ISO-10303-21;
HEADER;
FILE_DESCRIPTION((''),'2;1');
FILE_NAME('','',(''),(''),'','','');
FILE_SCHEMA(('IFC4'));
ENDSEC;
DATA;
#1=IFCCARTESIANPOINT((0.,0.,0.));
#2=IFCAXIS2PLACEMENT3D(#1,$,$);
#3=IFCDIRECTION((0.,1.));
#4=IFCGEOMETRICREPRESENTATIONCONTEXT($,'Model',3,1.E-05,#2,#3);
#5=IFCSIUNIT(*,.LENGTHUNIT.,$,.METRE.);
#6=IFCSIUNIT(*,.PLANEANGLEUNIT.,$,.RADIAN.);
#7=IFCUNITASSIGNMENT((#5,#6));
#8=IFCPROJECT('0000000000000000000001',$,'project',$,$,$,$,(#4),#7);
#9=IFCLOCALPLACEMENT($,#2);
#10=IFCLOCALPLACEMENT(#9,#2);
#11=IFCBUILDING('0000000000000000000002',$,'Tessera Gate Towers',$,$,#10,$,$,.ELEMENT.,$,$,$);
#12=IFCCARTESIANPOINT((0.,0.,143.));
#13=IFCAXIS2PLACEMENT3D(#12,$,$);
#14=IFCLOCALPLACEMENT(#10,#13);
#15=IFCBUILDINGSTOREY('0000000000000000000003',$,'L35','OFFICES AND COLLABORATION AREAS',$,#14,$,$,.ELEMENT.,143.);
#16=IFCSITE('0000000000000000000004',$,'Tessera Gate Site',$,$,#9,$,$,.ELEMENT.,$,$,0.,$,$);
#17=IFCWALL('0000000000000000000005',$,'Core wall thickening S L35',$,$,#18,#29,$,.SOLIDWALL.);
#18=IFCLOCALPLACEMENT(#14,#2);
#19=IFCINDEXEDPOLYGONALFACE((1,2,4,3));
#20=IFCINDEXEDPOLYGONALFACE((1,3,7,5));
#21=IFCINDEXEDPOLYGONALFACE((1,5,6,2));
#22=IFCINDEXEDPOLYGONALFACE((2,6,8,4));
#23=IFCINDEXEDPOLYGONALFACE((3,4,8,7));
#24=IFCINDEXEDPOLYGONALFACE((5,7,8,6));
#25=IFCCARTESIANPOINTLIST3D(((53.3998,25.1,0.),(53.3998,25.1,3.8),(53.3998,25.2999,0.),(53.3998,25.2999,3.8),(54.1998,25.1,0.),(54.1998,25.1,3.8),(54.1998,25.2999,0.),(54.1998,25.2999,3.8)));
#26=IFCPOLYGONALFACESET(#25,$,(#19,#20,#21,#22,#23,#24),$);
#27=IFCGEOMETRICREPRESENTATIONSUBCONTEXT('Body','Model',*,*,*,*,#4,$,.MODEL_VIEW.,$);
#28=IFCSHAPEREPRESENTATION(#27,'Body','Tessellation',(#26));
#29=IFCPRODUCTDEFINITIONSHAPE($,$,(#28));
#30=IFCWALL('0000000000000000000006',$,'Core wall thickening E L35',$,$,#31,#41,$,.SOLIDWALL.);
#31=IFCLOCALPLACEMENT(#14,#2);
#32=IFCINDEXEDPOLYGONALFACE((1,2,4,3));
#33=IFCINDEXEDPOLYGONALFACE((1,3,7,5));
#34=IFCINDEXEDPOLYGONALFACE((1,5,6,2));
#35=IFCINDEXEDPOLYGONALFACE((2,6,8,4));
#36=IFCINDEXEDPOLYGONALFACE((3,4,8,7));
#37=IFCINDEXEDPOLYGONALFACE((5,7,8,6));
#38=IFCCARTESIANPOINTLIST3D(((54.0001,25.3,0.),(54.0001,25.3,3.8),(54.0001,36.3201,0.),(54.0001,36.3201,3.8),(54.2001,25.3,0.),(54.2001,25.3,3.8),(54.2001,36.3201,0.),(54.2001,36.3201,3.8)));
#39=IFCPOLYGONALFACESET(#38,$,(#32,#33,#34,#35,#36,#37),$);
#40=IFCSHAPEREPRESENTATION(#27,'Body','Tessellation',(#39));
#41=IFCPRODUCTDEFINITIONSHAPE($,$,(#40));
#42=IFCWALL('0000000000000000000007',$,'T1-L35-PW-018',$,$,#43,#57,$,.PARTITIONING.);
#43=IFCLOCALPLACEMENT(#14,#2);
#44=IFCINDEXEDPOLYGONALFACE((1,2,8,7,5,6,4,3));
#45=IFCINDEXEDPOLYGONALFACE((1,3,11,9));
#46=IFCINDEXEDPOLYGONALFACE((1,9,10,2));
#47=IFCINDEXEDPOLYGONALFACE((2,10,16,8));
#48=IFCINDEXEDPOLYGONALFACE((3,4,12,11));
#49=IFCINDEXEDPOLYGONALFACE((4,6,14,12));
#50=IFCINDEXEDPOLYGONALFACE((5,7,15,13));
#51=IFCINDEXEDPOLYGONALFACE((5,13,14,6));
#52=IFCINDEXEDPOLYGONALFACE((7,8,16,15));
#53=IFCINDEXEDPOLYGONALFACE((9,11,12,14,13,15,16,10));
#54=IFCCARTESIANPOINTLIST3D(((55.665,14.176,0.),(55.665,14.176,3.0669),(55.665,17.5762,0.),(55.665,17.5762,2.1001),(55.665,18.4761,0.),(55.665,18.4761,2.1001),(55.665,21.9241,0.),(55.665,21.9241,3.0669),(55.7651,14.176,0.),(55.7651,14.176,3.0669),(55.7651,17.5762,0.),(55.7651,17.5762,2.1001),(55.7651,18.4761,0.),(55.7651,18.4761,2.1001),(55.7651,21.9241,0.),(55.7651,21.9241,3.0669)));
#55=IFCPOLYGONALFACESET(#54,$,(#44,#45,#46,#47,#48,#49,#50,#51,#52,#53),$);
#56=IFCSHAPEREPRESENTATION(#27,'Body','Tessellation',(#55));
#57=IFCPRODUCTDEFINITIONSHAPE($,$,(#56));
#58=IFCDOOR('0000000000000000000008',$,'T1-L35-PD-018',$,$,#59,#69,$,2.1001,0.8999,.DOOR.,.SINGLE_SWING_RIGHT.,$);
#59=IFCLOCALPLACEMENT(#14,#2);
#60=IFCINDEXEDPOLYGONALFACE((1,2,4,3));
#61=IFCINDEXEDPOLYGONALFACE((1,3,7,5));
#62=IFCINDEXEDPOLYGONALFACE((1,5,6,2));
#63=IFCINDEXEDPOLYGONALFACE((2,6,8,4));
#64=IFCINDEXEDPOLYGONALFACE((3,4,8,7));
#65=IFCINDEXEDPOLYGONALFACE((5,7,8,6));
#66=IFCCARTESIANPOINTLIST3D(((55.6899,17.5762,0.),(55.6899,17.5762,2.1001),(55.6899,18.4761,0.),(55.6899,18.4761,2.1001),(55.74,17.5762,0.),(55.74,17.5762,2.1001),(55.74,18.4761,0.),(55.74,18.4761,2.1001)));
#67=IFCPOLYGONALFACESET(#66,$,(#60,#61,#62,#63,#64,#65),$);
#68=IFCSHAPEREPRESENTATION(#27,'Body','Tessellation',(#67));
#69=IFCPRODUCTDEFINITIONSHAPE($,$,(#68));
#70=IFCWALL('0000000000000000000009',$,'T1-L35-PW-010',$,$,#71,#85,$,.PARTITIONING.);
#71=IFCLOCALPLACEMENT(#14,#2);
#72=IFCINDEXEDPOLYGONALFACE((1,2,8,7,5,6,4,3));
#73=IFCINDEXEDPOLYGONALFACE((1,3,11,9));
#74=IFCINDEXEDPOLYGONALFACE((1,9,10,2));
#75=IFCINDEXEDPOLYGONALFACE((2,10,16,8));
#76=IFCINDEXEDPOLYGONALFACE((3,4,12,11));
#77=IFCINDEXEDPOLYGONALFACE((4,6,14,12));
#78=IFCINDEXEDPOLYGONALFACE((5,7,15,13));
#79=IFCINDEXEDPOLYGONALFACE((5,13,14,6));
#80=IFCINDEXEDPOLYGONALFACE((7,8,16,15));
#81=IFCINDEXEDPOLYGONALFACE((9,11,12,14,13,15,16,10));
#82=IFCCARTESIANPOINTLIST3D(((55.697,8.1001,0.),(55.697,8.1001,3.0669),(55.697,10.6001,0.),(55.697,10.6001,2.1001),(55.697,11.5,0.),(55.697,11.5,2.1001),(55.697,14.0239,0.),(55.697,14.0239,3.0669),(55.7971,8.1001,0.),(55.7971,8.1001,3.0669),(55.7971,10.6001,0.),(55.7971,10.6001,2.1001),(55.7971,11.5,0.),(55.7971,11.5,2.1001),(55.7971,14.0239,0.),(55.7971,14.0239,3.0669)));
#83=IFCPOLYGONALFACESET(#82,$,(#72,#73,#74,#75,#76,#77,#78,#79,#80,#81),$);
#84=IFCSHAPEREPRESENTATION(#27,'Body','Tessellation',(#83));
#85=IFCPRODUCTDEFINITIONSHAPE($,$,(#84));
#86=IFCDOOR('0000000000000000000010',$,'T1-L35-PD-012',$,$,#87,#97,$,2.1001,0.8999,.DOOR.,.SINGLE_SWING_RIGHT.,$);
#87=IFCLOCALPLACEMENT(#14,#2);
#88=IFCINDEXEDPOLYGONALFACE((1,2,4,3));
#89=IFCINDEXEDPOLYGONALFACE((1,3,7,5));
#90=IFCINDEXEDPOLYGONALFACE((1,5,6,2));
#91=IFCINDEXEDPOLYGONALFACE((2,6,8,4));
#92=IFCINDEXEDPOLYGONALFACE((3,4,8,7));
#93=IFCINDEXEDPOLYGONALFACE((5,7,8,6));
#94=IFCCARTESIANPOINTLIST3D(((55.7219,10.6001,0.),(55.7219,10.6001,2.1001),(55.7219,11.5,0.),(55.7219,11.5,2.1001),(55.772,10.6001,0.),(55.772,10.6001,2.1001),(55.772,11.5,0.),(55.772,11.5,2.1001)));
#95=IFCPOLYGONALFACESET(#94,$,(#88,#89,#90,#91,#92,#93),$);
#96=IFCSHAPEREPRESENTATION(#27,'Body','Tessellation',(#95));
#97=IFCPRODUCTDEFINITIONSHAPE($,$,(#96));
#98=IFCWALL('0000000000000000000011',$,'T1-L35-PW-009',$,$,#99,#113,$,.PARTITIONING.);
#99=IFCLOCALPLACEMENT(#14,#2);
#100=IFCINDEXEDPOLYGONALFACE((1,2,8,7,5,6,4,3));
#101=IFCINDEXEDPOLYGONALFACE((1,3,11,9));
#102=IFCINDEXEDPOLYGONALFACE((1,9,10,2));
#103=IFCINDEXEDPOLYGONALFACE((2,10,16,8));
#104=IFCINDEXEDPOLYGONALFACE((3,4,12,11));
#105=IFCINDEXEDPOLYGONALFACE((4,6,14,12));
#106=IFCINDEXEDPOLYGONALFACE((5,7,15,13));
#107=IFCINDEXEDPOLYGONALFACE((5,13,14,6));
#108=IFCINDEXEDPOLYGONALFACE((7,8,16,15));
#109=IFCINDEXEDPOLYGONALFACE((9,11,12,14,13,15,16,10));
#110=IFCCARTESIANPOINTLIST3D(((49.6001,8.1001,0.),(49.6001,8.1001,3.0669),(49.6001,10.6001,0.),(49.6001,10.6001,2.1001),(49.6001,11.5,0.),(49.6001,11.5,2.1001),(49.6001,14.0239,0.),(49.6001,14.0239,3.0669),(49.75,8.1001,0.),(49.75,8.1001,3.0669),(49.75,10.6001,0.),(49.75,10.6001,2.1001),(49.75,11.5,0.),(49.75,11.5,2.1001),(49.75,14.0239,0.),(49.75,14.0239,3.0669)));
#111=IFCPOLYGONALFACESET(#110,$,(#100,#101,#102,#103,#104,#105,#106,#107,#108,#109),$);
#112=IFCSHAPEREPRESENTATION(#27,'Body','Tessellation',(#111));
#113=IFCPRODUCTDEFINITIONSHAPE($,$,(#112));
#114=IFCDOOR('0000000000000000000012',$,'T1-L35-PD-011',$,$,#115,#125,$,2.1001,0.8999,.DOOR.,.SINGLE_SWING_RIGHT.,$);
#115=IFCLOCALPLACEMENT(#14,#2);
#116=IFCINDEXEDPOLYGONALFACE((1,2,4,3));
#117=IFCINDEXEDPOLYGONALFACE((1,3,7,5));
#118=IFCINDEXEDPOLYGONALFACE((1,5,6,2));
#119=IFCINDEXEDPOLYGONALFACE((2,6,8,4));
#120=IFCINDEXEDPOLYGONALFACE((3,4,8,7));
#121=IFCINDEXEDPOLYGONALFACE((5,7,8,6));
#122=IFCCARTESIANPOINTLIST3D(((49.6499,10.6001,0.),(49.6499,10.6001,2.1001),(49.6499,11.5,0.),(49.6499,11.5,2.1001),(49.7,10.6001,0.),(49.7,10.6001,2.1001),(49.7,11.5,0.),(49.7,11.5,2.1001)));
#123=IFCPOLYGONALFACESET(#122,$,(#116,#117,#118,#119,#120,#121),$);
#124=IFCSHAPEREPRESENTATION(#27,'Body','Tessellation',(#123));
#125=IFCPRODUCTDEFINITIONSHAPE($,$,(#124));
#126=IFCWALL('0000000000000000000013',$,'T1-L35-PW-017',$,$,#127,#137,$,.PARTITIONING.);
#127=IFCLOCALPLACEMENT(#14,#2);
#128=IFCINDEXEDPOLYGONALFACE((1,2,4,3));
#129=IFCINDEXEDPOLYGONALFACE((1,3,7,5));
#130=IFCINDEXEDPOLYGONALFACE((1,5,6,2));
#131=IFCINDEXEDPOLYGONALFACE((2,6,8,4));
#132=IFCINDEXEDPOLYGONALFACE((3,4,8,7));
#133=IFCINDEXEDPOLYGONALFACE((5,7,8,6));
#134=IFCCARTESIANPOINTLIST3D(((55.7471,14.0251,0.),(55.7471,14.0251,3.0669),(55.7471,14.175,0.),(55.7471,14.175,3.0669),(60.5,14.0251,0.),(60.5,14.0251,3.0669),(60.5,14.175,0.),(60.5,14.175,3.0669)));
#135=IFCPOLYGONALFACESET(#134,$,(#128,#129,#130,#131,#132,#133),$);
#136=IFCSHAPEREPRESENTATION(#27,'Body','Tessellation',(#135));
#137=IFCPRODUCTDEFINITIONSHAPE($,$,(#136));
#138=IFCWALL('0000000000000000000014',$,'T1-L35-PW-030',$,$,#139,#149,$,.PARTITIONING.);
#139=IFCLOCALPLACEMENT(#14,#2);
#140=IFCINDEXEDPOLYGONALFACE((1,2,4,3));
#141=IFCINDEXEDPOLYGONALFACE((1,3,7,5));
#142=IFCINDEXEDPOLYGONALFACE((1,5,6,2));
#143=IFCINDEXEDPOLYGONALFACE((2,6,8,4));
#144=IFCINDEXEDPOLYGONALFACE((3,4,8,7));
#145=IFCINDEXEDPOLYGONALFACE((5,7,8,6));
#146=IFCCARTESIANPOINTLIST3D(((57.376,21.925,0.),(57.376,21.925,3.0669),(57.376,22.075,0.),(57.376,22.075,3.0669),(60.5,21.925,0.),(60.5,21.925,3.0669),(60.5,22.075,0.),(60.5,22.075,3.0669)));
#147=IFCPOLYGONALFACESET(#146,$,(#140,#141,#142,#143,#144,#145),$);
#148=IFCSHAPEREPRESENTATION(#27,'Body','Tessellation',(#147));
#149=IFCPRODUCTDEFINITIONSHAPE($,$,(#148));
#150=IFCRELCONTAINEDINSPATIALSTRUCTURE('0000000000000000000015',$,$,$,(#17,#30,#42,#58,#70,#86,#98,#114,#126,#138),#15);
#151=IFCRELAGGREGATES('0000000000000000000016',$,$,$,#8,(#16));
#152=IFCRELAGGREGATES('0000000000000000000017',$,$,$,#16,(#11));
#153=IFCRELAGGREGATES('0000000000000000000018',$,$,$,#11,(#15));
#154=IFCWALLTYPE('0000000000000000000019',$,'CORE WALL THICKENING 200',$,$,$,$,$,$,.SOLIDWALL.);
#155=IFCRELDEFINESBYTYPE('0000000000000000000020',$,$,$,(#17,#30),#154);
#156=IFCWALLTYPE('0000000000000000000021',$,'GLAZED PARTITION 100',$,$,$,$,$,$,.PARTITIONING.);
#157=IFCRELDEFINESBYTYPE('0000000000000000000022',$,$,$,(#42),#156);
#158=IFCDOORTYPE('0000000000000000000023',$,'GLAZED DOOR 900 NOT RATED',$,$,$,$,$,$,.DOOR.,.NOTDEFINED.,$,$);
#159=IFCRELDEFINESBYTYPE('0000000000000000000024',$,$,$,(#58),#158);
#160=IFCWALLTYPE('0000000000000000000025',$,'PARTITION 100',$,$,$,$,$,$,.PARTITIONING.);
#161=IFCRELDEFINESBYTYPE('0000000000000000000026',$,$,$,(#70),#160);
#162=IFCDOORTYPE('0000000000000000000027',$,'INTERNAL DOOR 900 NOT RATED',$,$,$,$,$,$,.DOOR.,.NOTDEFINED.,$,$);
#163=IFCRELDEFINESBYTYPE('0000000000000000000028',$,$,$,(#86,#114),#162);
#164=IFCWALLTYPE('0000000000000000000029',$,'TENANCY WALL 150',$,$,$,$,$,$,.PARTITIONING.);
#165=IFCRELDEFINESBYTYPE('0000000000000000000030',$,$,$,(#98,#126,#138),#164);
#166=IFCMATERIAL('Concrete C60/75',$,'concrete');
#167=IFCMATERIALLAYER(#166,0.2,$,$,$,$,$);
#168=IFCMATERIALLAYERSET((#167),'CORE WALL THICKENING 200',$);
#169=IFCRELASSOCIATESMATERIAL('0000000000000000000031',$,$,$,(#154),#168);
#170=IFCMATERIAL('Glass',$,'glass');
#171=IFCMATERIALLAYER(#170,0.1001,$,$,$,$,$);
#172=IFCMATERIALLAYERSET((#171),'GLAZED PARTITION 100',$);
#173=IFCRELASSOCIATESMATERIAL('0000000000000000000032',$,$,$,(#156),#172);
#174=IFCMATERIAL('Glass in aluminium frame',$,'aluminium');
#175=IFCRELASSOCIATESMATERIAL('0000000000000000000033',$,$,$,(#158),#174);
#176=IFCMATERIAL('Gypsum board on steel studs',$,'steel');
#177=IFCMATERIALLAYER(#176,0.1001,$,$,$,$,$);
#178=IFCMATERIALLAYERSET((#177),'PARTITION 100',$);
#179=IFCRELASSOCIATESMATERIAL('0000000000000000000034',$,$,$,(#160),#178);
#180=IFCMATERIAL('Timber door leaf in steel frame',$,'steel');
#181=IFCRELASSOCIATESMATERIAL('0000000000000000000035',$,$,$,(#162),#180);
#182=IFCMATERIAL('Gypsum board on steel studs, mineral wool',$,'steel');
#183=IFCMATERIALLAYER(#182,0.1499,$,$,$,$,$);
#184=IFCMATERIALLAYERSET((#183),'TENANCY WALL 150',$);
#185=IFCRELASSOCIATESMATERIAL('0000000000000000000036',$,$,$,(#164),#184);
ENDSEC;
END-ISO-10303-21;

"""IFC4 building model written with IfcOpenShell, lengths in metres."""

from ifc_helpers import new_model, si_unit, direction, frame, frame_2d, origin, place, context, subcontext, project, spatial, rectangle, extrude, source, transform, mapped, material, layer, layer_set, type_object, element, fill, save


model = new_model("IFC4")

# Units and contexts
model_context = context("Model", 3, precision=1e-05, world=origin(), true_north=direction((0.0, 1.0)))
body_context = subcontext(model_context, "Body", "Model", "MODEL_VIEW")
ifc_project = project(units=[si_unit("LENGTHUNIT", "METRE"), si_unit("PLANEANGLEUNIT", "RADIAN")], contexts=[model_context])

# Site, building, storey
site_placement = place(None, origin())
site = spatial("IfcSite", under=ifc_project, at=site_placement, Name="Tessera Gate Site", CompositionType="ELEMENT", RefElevation=0.0)
building_placement = place(site_placement, origin())
building = spatial("IfcBuilding", under=site, at=building_placement, Name="Tessera Gate Towers", CompositionType="ELEMENT")
storey_placement = place(building_placement, frame((0.0, 0.0, 143.0)))
storey = spatial("IfcBuildingStorey", under=building, at=storey_placement, Name="L35", Description="OFFICES AND COLLABORATION AREAS", CompositionType="ELEMENT", Elevation=143.0)

# Walls
ifc_material_1 = material(Name="Concrete C60/75", Category="concrete")
ifc_layer_1 = layer(ifc_material_1, 0.2)
ifc_layer_set_1 = layer_set([ifc_layer_1], Name="CORE WALL THICKENING 200")
wall_type_1 = type_object("IfcWallType", Name="CORE WALL THICKENING 200", PredefinedType="SOLIDWALL", material=ifc_layer_set_1)
wall_1_placement = place(storey_placement, frame((53.3999, 25.2, 0.0), z_axis=(0.0, 0.0, 1.0), x_axis=(1.0, 0.0, 0.0)))
element("IfcWall", 1, at=wall_1_placement, inside=storey, type_object=wall_type_1, Name="Core wall thickening S L35", PredefinedType="SOLIDWALL", context=body_context, shape_type="SweptSolid", body=[
    extrude(rectangle(XDim=0.8, YDim=0.2, at=frame_2d((0.3999, 0.0))), origin(), (0.0, 0.0, 1.0), 3.8),
])
wall_2_placement = place(storey_placement, frame((54.1001, 25.3, 0.0), z_axis=(0.0, 0.0, 1.0), x_axis=(0.0, 1.0, 0.0)))
element("IfcWall", 2, at=wall_2_placement, inside=storey, type_object=wall_type_1, Name="Core wall thickening E L35", PredefinedType="SOLIDWALL", context=body_context, shape_type="SweptSolid", body=[
    extrude(rectangle(XDim=11.02, YDim=0.2, at=frame_2d((5.51, 0.0))), origin(), (0.0, 0.0, 1.0), 3.8),
])

# Walls, openings, doors
ifc_material_2 = material(Name="Glass", Category="glass")
ifc_layer_2 = layer(ifc_material_2, 0.1001)
ifc_layer_set_2 = layer_set([ifc_layer_2], Name="GLAZED PARTITION 100")
wall_type_2 = type_object("IfcWallType", Name="GLAZED PARTITION 100", PredefinedType="PARTITIONING", material=ifc_layer_set_2)
wall_3_placement = place(storey_placement, frame((55.7151, 21.9241, 0.0), z_axis=(0.0, 0.0, 1.0), x_axis=(0.0, -1.0, 0.0)))
wall_3 = element("IfcWall", 3, at=wall_3_placement, inside=storey, type_object=wall_type_2, Name="T1-L35-PW-018", PredefinedType="PARTITIONING", context=body_context, shape_type="SweptSolid", body=[
    extrude(rectangle(XDim=7.748, YDim=0.1001, at=frame_2d((3.874, 0.0))), origin(), (0.0, 0.0, 1.0), 3.0669),
])
shared_shape_1 = source(origin(), body_context, "Body", "SweptSolid", [
    extrude(rectangle(XDim=0.8999, YDim=2.1001, at=frame_2d((0.45, 1.05))), frame((0.0, 0.0601, 0.0), z_axis=(0.0, -1.0, 0.0), x_axis=(1.0, 0.0, 0.0)), (0.0, 0.0, 1.0), 0.1201),
])
opening_1_placement = place(wall_3_placement, frame((3.448, 0.0, 0.0)))
opening_1 = element("IfcOpeningElement", 4, at=opening_1_placement, cuts=wall_3, PredefinedType="OPENING", context=body_context, shape_type="MappedRepresentation", body=[
    mapped(shared_shape_1, transform((0.0, 0.0, 0.0), scale=1.0)),
])
ifc_material_3 = material(Name="Glass in aluminium frame", Category="aluminium")
door_type_1 = type_object("IfcDoorType", Name="GLAZED DOOR 900 NOT RATED", OperationType="NOTDEFINED", PredefinedType="DOOR", material=ifc_material_3)
shared_shape_2 = source(origin(), body_context, "Body", "SweptSolid", [
    extrude(rectangle(XDim=0.8999, YDim=2.1001, at=frame_2d((0.45, 1.05))), frame((0.0, 0.0249, 0.0), z_axis=(0.0, -1.0, 0.0), x_axis=(1.0, 0.0, 0.0)), (0.0, 0.0, 1.0), 0.05),
])
door_1_placement = place(opening_1_placement, origin())
door_1 = element("IfcDoor", 5, at=door_1_placement, inside=storey, type_object=door_type_1, Name="T1-L35-PD-018", OperationType="SINGLE_SWING_RIGHT", OverallHeight=2.1001, OverallWidth=0.8999, PredefinedType="DOOR", context=body_context, shape_type="MappedRepresentation", body=[
    mapped(shared_shape_2, transform((0.0, 0.0, 0.0), scale=1.0)),
])
fill(opening_1, door_1)
ifc_material_4 = material(Name="Gypsum board on steel studs", Category="steel")
ifc_layer_3 = layer(ifc_material_4, 0.1001)
ifc_layer_set_3 = layer_set([ifc_layer_3], Name="PARTITION 100")
wall_type_3 = type_object("IfcWallType", Name="PARTITION 100", PredefinedType="PARTITIONING", material=ifc_layer_set_3)
wall_4_placement = place(storey_placement, frame((55.7471, 14.0239, 0.0), z_axis=(0.0, 0.0, 1.0), x_axis=(0.0, -1.0, 0.0)))
wall_4 = element("IfcWall", 6, at=wall_4_placement, inside=storey, type_object=wall_type_3, Name="T1-L35-PW-010", PredefinedType="PARTITIONING", context=body_context, shape_type="SweptSolid", body=[
    extrude(rectangle(XDim=5.9238, YDim=0.1001, at=frame_2d((2.9619, 0.0))), origin(), (0.0, 0.0, 1.0), 3.0669),
])
opening_2_placement = place(wall_4_placement, frame((2.5239, 0.0, 0.0)))
opening_2 = element("IfcOpeningElement", 7, at=opening_2_placement, cuts=wall_4, PredefinedType="OPENING", context=body_context, shape_type="MappedRepresentation", body=[
    mapped(shared_shape_1, transform((0.0, 0.0, 0.0), scale=1.0)),
])
ifc_material_5 = material(Name="Timber door leaf in steel frame", Category="steel")
door_type_2 = type_object("IfcDoorType", Name="INTERNAL DOOR 900 NOT RATED", OperationType="NOTDEFINED", PredefinedType="DOOR", material=ifc_material_5)
door_2_placement = place(opening_2_placement, origin())
door_2 = element("IfcDoor", 8, at=door_2_placement, inside=storey, type_object=door_type_2, Name="T1-L35-PD-012", OperationType="SINGLE_SWING_RIGHT", OverallHeight=2.1001, OverallWidth=0.8999, PredefinedType="DOOR", context=body_context, shape_type="MappedRepresentation", body=[
    mapped(shared_shape_2, transform((0.0, 0.0, 0.0), scale=1.0)),
])
fill(opening_2, door_2)
ifc_material_6 = material(Name="Gypsum board on steel studs, mineral wool", Category="steel")
ifc_layer_4 = layer(ifc_material_6, 0.1499)
ifc_layer_set_4 = layer_set([ifc_layer_4], Name="TENANCY WALL 150")
wall_type_4 = type_object("IfcWallType", Name="TENANCY WALL 150", PredefinedType="PARTITIONING", material=ifc_layer_set_4)
wall_5_placement = place(storey_placement, frame((49.675, 14.0239, 0.0), z_axis=(0.0, 0.0, 1.0), x_axis=(0.0, -1.0, 0.0)))
wall_5 = element("IfcWall", 9, at=wall_5_placement, inside=storey, type_object=wall_type_4, Name="T1-L35-PW-009", PredefinedType="PARTITIONING", context=body_context, shape_type="SweptSolid", body=[
    extrude(rectangle(XDim=5.9238, YDim=0.1499, at=frame_2d((2.9619, 0.0))), origin(), (0.0, 0.0, 1.0), 3.0669),
])
shared_shape_3 = source(origin(), body_context, "Body", "SweptSolid", [
    extrude(rectangle(XDim=0.8999, YDim=2.1001, at=frame_2d((0.45, 1.05))), frame((0.0, 0.085, 0.0), z_axis=(0.0, -1.0, 0.0), x_axis=(1.0, 0.0, 0.0)), (0.0, 0.0, 1.0), 0.1699),
])
opening_3_placement = place(wall_5_placement, frame((2.5239, 0.0, 0.0)))
opening_3 = element("IfcOpeningElement", 10, at=opening_3_placement, cuts=wall_5, PredefinedType="OPENING", context=body_context, shape_type="MappedRepresentation", body=[
    mapped(shared_shape_3, transform((0.0, 0.0, 0.0), scale=1.0)),
])
door_3_placement = place(opening_3_placement, origin())
door_3 = element("IfcDoor", 11, at=door_3_placement, inside=storey, type_object=door_type_2, Name="T1-L35-PD-011", OperationType="SINGLE_SWING_RIGHT", OverallHeight=2.1001, OverallWidth=0.8999, PredefinedType="DOOR", context=body_context, shape_type="MappedRepresentation", body=[
    mapped(shared_shape_2, transform((0.0, 0.0, 0.0), scale=1.0)),
])
fill(opening_3, door_3)

# Walls
wall_6_placement = place(storey_placement, frame((55.7471, 14.1001, 0.0), z_axis=(0.0, 0.0, 1.0), x_axis=(1.0, 0.0, 0.0)))
element("IfcWall", 12, at=wall_6_placement, inside=storey, type_object=wall_type_4, Name="T1-L35-PW-017", PredefinedType="PARTITIONING", context=body_context, shape_type="SweptSolid", body=[
    extrude(rectangle(XDim=4.7529, YDim=0.1499, at=frame_2d((2.3765, 0.0))), origin(), (0.0, 0.0, 1.0), 3.0669),
])
wall_7_placement = place(storey_placement, frame((57.376, 22.0, 0.0), z_axis=(0.0, 0.0, 1.0), x_axis=(1.0, 0.0, 0.0)))
element("IfcWall", 13, at=wall_7_placement, inside=storey, type_object=wall_type_4, Name="T1-L35-PW-030", PredefinedType="PARTITIONING", context=body_context, shape_type="SweptSolid", body=[
    extrude(rectangle(XDim=3.124, YDim=0.1499, at=frame_2d((1.562, 0.0))), origin(), (0.0, 0.0, 1.0), 3.0669),
])

save(model, "model.ifc")
